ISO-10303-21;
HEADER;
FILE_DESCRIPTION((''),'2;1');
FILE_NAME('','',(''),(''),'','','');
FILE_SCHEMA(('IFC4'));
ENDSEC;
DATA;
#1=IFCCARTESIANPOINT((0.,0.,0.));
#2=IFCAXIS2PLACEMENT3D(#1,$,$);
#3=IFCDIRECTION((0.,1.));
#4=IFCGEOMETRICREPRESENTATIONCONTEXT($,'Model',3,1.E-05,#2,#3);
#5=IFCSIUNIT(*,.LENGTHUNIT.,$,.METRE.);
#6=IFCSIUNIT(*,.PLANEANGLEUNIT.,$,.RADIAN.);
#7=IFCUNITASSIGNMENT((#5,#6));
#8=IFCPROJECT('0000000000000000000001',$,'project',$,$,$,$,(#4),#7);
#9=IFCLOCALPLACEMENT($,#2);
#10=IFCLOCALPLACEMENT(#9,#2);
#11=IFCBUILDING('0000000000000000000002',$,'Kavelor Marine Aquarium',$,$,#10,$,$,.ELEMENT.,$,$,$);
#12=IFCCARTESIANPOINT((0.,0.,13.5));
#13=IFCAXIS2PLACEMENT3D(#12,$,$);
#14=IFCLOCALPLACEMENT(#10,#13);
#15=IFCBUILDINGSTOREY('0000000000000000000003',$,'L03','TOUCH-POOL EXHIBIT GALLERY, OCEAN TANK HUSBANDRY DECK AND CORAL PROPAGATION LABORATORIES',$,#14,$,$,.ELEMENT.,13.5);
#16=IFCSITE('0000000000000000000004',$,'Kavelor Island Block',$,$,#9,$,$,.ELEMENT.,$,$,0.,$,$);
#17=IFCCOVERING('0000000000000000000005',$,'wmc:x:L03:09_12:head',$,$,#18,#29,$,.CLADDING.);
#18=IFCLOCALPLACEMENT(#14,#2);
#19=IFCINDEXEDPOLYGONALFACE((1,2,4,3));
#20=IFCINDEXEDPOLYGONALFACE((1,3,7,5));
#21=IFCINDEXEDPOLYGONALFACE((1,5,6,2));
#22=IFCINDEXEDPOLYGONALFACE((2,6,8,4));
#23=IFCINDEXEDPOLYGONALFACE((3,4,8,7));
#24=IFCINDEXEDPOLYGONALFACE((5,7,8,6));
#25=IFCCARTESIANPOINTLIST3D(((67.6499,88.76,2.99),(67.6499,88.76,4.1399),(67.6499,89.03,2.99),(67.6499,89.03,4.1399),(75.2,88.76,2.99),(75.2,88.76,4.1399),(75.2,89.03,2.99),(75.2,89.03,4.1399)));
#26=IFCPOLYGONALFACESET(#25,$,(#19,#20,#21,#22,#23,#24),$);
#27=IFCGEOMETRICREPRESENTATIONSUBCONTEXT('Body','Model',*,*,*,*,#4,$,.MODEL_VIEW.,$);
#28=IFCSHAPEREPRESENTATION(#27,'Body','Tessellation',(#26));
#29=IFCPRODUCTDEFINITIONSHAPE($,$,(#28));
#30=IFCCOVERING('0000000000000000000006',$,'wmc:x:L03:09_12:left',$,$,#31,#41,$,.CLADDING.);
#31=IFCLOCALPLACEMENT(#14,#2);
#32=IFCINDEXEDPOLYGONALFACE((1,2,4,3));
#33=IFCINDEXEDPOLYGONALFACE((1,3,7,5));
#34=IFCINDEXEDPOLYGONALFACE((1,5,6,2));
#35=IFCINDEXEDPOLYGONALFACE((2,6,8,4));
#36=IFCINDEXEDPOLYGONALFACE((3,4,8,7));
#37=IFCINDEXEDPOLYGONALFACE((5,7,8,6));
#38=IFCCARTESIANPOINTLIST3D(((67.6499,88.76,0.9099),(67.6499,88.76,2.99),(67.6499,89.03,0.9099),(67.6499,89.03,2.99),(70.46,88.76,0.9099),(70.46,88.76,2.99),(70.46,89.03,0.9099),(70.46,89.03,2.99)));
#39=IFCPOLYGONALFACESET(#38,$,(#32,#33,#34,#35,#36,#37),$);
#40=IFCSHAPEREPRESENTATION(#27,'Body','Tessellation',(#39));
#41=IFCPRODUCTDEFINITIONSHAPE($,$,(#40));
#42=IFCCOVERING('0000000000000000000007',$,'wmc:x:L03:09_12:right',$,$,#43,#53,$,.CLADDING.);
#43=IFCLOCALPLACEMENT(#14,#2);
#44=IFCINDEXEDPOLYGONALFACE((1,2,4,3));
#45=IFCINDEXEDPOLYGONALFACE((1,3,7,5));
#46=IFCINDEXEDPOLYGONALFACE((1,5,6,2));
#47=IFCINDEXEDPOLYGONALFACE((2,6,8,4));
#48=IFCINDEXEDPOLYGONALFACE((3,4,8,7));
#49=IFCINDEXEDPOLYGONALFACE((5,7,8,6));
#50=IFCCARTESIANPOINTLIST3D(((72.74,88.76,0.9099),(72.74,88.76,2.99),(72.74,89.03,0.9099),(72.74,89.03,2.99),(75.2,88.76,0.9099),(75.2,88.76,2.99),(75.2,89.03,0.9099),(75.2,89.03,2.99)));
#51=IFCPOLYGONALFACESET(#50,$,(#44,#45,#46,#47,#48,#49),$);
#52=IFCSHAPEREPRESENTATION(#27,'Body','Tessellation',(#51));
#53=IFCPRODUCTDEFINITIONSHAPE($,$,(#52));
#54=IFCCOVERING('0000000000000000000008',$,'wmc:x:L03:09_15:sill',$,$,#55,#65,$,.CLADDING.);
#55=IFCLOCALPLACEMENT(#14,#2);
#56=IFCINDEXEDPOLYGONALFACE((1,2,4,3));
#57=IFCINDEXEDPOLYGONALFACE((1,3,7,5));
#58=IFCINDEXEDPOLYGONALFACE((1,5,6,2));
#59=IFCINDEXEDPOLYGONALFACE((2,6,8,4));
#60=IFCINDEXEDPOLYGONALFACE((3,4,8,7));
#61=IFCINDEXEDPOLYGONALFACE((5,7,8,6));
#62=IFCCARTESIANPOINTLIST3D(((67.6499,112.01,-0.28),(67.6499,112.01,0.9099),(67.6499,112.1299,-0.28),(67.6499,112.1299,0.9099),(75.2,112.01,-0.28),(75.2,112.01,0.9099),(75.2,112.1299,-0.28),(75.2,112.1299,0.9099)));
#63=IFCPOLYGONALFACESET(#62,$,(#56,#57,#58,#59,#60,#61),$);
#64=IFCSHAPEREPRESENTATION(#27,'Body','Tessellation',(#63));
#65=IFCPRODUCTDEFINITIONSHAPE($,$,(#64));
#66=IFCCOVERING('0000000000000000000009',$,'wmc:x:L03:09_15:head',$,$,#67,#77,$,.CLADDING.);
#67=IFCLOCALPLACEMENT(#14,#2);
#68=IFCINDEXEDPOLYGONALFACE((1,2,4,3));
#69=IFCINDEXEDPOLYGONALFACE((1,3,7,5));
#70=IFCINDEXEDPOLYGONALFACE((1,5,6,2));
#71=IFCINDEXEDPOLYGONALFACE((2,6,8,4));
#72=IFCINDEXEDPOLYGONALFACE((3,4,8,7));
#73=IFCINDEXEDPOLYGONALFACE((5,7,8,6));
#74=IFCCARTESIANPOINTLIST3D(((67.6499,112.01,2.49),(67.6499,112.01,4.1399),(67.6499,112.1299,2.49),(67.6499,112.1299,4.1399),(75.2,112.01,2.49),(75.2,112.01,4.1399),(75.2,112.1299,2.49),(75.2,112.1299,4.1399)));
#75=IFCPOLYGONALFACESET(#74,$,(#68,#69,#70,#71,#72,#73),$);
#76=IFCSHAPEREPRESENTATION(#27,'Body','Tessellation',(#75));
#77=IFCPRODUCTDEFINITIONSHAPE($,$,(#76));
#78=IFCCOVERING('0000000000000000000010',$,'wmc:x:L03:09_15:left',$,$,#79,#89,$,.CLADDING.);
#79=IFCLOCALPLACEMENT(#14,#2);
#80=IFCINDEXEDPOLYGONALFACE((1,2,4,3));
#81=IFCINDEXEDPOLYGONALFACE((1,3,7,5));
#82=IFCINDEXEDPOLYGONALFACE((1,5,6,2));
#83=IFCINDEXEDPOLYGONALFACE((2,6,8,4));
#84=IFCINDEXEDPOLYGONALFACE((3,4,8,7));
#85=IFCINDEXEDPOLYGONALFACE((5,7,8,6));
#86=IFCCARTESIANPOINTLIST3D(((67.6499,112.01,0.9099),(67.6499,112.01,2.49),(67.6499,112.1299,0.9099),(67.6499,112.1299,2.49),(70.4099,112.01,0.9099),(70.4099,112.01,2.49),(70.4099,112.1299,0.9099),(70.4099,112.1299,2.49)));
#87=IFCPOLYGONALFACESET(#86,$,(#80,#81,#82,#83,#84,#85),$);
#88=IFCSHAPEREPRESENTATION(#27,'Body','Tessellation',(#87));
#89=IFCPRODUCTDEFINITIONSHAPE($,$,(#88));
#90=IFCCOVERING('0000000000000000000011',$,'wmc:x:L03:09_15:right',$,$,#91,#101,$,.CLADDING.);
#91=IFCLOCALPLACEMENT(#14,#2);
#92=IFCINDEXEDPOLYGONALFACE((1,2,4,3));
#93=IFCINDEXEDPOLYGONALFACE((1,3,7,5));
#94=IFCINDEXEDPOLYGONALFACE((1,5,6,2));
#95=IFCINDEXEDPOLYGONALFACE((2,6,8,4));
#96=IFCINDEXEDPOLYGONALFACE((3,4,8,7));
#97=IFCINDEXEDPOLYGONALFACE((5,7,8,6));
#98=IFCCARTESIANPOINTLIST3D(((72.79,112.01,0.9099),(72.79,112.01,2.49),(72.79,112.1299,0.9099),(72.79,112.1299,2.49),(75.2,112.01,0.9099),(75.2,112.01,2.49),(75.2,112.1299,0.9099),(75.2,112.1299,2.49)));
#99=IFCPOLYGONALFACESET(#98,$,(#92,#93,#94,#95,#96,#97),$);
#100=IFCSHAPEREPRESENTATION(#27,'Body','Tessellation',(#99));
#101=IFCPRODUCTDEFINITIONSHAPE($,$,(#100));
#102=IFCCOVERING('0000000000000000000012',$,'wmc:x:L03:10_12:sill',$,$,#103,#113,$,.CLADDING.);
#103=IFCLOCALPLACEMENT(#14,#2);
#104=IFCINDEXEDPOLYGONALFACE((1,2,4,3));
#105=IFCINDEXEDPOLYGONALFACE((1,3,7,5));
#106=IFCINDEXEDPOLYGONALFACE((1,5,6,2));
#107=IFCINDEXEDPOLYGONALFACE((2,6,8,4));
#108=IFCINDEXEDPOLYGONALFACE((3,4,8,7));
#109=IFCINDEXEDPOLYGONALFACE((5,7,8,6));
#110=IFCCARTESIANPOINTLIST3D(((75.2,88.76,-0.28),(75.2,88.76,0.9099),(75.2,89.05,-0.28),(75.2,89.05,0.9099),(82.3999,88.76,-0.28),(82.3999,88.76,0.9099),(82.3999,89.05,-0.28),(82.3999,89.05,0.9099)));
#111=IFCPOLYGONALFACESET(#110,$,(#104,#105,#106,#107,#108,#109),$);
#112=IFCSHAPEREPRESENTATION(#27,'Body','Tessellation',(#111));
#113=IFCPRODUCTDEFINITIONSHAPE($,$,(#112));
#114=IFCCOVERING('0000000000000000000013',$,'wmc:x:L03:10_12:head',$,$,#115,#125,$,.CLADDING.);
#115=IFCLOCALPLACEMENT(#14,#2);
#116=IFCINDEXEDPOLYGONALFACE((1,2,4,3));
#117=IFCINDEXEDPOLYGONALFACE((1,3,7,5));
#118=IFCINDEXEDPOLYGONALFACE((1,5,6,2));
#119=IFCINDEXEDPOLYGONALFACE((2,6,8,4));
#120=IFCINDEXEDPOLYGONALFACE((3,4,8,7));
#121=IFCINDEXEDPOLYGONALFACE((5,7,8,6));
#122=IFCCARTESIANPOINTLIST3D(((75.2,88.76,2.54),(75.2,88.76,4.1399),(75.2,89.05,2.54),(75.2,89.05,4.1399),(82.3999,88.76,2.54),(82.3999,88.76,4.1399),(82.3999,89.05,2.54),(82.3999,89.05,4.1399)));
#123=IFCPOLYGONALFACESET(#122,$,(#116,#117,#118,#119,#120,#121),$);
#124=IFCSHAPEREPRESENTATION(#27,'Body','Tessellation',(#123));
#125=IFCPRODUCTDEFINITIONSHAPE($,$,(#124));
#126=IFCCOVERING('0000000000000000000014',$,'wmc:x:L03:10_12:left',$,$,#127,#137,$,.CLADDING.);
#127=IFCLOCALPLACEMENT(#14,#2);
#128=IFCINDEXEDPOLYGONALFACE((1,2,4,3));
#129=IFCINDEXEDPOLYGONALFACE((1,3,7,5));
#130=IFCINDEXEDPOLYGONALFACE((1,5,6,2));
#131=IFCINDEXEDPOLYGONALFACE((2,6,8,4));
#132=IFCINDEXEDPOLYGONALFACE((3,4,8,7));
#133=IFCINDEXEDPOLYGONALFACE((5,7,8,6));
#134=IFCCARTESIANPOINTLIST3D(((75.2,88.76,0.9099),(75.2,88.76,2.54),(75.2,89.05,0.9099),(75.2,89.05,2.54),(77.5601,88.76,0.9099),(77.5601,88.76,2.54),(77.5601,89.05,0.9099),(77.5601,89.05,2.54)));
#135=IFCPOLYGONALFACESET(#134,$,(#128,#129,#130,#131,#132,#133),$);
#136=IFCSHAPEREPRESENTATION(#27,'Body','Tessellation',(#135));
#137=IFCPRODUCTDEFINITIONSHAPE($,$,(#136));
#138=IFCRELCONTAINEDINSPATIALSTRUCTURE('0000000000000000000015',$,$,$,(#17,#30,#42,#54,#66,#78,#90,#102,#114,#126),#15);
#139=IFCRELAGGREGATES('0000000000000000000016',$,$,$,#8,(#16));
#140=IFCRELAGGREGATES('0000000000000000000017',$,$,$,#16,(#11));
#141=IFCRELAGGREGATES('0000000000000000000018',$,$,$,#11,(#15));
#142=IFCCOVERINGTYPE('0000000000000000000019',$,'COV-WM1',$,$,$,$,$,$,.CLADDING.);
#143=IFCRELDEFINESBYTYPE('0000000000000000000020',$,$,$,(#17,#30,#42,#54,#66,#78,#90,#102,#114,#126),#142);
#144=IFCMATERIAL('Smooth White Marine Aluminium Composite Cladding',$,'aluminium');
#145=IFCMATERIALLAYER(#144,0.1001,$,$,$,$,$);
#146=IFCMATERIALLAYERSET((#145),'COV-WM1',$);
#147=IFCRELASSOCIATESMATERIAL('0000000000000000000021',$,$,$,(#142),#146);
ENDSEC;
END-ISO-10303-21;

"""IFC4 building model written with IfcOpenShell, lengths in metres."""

from ifc_helpers import new_model, si_unit, direction, frame, origin, place, context, subcontext, project, spatial, polyline, outline, extrude, material, layer, layer_set, type_object, element, save


model = new_model("IFC4")

# Units and contexts
model_context = context("Model", 3, precision=1e-05, world=origin(), true_north=direction((0.0, 1.0)))
body_context = subcontext(model_context, "Body", "Model", "MODEL_VIEW")
ifc_project = project(units=[si_unit("LENGTHUNIT", "METRE"), si_unit("PLANEANGLEUNIT", "RADIAN")], contexts=[model_context])

# Site, building, storey
site_placement = place(None, origin())
site = spatial("IfcSite", under=ifc_project, at=site_placement, Name="Kavelor Island Block", CompositionType="ELEMENT", RefElevation=0.0)
building_placement = place(site_placement, origin())
building = spatial("IfcBuilding", under=site, at=building_placement, Name="Kavelor Marine Aquarium", CompositionType="ELEMENT")
storey_placement = place(building_placement, frame((0.0, 0.0, 13.5)))
storey = spatial("IfcBuildingStorey", under=building, at=storey_placement, Name="L03", Description="TOUCH-POOL EXHIBIT GALLERY, OCEAN TANK HUSBANDRY DECK AND CORAL PROPAGATION LABORATORIES", CompositionType="ELEMENT", Elevation=13.5)

# Coverings
ifc_material_1 = material(Name="Smooth White Marine Aluminium Composite Cladding", Category="aluminium")
ifc_layer_1 = layer(ifc_material_1, 0.1001)
ifc_layer_set_1 = layer_set([ifc_layer_1], Name="COV-WM1")
covering_type = type_object("IfcCoveringType", Name="COV-WM1", PredefinedType="CLADDING", material=ifc_layer_set_1)
covering_1_placement = place(storey_placement, frame((0.0, 0.0, 2.99)))
element("IfcCovering", 1, at=covering_1_placement, inside=storey, type_object=covering_type, Name="wmc:x:L03:09_12:head", PredefinedType="CLADDING", context=body_context, shape_type="SweptSolid", body=[
    extrude(outline(polyline([(67.6499, 88.76), (75.2, 88.76), (75.2, 89.03), (67.6499, 89.03), (67.6499, 88.76)])), origin(), (0.0, 0.0, 1.0), 1.1499),
])
covering_2_placement = place(storey_placement, frame((0.0, 0.0, 0.9099)))
element("IfcCovering", 2, at=covering_2_placement, inside=storey, type_object=covering_type, Name="wmc:x:L03:09_12:left", PredefinedType="CLADDING", context=body_context, shape_type="SweptSolid", body=[
    extrude(outline(polyline([(67.6499, 88.76), (70.46, 88.76), (70.46, 89.03), (67.6499, 89.03), (67.6499, 88.76)])), origin(), (0.0, 0.0, 1.0), 2.0801),
])
covering_3_placement = place(storey_placement, frame((0.0, 0.0, 0.9099)))
element("IfcCovering", 3, at=covering_3_placement, inside=storey, type_object=covering_type, Name="wmc:x:L03:09_12:right", PredefinedType="CLADDING", context=body_context, shape_type="SweptSolid", body=[
    extrude(outline(polyline([(72.74, 88.76), (75.2, 88.76), (75.2, 89.03), (72.74, 89.03), (72.74, 88.76)])), origin(), (0.0, 0.0, 1.0), 2.0801),
])
covering_4_placement = place(storey_placement, frame((0.0, 0.0, -0.28)))
element("IfcCovering", 4, at=covering_4_placement, inside=storey, type_object=covering_type, Name="wmc:x:L03:09_15:sill", PredefinedType="CLADDING", context=body_context, shape_type="SweptSolid", body=[
    extrude(outline(polyline([(67.6499, 112.01), (75.2, 112.01), (75.2, 112.1299), (67.6499, 112.1299), (67.6499, 112.01)])), origin(), (0.0, 0.0, 1.0), 1.1899),
])
covering_5_placement = place(storey_placement, frame((0.0, 0.0, 2.49)))
element("IfcCovering", 5, at=covering_5_placement, inside=storey, type_object=covering_type, Name="wmc:x:L03:09_15:head", PredefinedType="CLADDING", context=body_context, shape_type="SweptSolid", body=[
    extrude(outline(polyline([(67.6499, 112.01), (75.2, 112.01), (75.2, 112.1299), (67.6499, 112.1299), (67.6499, 112.01)])), origin(), (0.0, 0.0, 1.0), 1.6499),
])
covering_6_placement = place(storey_placement, frame((0.0, 0.0, 0.9099)))
element("IfcCovering", 6, at=covering_6_placement, inside=storey, type_object=covering_type, Name="wmc:x:L03:09_15:left", PredefinedType="CLADDING", context=body_context, shape_type="SweptSolid", body=[
    extrude(outline(polyline([(67.6499, 112.01), (70.4099, 112.01), (70.4099, 112.1299), (67.6499, 112.1299), (67.6499, 112.01)])), origin(), (0.0, 0.0, 1.0), 1.5801),
])
covering_7_placement = place(storey_placement, frame((0.0, 0.0, 0.9099)))
element("IfcCovering", 7, at=covering_7_placement, inside=storey, type_object=covering_type, Name="wmc:x:L03:09_15:right", PredefinedType="CLADDING", context=body_context, shape_type="SweptSolid", body=[
    extrude(outline(polyline([(72.79, 112.01), (75.2, 112.01), (75.2, 112.1299), (72.79, 112.1299), (72.79, 112.01)])), origin(), (0.0, 0.0, 1.0), 1.5801),
])
covering_8_placement = place(storey_placement, frame((0.0, 0.0, -0.28)))
element("IfcCovering", 8, at=covering_8_placement, inside=storey, type_object=covering_type, Name="wmc:x:L03:10_12:sill", PredefinedType="CLADDING", context=body_context, shape_type="SweptSolid", body=[
    extrude(outline(polyline([(75.2, 88.76), (82.3999, 88.76), (82.3999, 89.05), (75.2, 89.05), (75.2, 88.76)])), origin(), (0.0, 0.0, 1.0), 1.1899),
])
covering_9_placement = place(storey_placement, frame((0.0, 0.0, 2.54)))
element("IfcCovering", 9, at=covering_9_placement, inside=storey, type_object=covering_type, Name="wmc:x:L03:10_12:head", PredefinedType="CLADDING", context=body_context, shape_type="SweptSolid", body=[
    extrude(outline(polyline([(75.2, 88.76), (82.3999, 88.76), (82.3999, 89.05), (75.2, 89.05), (75.2, 88.76)])), origin(), (0.0, 0.0, 1.0), 1.5999),
])
covering_10_placement = place(storey_placement, frame((0.0, 0.0, 0.9099)))
element("IfcCovering", 10, at=covering_10_placement, inside=storey, type_object=covering_type, Name="wmc:x:L03:10_12:left", PredefinedType="CLADDING", context=body_context, shape_type="SweptSolid", body=[
    extrude(outline(polyline([(75.2, 88.76), (77.5601, 88.76), (77.5601, 89.05), (75.2, 89.05), (75.2, 88.76)])), origin(), (0.0, 0.0, 1.0), 1.6301),
])

save(model, "model.ifc")
